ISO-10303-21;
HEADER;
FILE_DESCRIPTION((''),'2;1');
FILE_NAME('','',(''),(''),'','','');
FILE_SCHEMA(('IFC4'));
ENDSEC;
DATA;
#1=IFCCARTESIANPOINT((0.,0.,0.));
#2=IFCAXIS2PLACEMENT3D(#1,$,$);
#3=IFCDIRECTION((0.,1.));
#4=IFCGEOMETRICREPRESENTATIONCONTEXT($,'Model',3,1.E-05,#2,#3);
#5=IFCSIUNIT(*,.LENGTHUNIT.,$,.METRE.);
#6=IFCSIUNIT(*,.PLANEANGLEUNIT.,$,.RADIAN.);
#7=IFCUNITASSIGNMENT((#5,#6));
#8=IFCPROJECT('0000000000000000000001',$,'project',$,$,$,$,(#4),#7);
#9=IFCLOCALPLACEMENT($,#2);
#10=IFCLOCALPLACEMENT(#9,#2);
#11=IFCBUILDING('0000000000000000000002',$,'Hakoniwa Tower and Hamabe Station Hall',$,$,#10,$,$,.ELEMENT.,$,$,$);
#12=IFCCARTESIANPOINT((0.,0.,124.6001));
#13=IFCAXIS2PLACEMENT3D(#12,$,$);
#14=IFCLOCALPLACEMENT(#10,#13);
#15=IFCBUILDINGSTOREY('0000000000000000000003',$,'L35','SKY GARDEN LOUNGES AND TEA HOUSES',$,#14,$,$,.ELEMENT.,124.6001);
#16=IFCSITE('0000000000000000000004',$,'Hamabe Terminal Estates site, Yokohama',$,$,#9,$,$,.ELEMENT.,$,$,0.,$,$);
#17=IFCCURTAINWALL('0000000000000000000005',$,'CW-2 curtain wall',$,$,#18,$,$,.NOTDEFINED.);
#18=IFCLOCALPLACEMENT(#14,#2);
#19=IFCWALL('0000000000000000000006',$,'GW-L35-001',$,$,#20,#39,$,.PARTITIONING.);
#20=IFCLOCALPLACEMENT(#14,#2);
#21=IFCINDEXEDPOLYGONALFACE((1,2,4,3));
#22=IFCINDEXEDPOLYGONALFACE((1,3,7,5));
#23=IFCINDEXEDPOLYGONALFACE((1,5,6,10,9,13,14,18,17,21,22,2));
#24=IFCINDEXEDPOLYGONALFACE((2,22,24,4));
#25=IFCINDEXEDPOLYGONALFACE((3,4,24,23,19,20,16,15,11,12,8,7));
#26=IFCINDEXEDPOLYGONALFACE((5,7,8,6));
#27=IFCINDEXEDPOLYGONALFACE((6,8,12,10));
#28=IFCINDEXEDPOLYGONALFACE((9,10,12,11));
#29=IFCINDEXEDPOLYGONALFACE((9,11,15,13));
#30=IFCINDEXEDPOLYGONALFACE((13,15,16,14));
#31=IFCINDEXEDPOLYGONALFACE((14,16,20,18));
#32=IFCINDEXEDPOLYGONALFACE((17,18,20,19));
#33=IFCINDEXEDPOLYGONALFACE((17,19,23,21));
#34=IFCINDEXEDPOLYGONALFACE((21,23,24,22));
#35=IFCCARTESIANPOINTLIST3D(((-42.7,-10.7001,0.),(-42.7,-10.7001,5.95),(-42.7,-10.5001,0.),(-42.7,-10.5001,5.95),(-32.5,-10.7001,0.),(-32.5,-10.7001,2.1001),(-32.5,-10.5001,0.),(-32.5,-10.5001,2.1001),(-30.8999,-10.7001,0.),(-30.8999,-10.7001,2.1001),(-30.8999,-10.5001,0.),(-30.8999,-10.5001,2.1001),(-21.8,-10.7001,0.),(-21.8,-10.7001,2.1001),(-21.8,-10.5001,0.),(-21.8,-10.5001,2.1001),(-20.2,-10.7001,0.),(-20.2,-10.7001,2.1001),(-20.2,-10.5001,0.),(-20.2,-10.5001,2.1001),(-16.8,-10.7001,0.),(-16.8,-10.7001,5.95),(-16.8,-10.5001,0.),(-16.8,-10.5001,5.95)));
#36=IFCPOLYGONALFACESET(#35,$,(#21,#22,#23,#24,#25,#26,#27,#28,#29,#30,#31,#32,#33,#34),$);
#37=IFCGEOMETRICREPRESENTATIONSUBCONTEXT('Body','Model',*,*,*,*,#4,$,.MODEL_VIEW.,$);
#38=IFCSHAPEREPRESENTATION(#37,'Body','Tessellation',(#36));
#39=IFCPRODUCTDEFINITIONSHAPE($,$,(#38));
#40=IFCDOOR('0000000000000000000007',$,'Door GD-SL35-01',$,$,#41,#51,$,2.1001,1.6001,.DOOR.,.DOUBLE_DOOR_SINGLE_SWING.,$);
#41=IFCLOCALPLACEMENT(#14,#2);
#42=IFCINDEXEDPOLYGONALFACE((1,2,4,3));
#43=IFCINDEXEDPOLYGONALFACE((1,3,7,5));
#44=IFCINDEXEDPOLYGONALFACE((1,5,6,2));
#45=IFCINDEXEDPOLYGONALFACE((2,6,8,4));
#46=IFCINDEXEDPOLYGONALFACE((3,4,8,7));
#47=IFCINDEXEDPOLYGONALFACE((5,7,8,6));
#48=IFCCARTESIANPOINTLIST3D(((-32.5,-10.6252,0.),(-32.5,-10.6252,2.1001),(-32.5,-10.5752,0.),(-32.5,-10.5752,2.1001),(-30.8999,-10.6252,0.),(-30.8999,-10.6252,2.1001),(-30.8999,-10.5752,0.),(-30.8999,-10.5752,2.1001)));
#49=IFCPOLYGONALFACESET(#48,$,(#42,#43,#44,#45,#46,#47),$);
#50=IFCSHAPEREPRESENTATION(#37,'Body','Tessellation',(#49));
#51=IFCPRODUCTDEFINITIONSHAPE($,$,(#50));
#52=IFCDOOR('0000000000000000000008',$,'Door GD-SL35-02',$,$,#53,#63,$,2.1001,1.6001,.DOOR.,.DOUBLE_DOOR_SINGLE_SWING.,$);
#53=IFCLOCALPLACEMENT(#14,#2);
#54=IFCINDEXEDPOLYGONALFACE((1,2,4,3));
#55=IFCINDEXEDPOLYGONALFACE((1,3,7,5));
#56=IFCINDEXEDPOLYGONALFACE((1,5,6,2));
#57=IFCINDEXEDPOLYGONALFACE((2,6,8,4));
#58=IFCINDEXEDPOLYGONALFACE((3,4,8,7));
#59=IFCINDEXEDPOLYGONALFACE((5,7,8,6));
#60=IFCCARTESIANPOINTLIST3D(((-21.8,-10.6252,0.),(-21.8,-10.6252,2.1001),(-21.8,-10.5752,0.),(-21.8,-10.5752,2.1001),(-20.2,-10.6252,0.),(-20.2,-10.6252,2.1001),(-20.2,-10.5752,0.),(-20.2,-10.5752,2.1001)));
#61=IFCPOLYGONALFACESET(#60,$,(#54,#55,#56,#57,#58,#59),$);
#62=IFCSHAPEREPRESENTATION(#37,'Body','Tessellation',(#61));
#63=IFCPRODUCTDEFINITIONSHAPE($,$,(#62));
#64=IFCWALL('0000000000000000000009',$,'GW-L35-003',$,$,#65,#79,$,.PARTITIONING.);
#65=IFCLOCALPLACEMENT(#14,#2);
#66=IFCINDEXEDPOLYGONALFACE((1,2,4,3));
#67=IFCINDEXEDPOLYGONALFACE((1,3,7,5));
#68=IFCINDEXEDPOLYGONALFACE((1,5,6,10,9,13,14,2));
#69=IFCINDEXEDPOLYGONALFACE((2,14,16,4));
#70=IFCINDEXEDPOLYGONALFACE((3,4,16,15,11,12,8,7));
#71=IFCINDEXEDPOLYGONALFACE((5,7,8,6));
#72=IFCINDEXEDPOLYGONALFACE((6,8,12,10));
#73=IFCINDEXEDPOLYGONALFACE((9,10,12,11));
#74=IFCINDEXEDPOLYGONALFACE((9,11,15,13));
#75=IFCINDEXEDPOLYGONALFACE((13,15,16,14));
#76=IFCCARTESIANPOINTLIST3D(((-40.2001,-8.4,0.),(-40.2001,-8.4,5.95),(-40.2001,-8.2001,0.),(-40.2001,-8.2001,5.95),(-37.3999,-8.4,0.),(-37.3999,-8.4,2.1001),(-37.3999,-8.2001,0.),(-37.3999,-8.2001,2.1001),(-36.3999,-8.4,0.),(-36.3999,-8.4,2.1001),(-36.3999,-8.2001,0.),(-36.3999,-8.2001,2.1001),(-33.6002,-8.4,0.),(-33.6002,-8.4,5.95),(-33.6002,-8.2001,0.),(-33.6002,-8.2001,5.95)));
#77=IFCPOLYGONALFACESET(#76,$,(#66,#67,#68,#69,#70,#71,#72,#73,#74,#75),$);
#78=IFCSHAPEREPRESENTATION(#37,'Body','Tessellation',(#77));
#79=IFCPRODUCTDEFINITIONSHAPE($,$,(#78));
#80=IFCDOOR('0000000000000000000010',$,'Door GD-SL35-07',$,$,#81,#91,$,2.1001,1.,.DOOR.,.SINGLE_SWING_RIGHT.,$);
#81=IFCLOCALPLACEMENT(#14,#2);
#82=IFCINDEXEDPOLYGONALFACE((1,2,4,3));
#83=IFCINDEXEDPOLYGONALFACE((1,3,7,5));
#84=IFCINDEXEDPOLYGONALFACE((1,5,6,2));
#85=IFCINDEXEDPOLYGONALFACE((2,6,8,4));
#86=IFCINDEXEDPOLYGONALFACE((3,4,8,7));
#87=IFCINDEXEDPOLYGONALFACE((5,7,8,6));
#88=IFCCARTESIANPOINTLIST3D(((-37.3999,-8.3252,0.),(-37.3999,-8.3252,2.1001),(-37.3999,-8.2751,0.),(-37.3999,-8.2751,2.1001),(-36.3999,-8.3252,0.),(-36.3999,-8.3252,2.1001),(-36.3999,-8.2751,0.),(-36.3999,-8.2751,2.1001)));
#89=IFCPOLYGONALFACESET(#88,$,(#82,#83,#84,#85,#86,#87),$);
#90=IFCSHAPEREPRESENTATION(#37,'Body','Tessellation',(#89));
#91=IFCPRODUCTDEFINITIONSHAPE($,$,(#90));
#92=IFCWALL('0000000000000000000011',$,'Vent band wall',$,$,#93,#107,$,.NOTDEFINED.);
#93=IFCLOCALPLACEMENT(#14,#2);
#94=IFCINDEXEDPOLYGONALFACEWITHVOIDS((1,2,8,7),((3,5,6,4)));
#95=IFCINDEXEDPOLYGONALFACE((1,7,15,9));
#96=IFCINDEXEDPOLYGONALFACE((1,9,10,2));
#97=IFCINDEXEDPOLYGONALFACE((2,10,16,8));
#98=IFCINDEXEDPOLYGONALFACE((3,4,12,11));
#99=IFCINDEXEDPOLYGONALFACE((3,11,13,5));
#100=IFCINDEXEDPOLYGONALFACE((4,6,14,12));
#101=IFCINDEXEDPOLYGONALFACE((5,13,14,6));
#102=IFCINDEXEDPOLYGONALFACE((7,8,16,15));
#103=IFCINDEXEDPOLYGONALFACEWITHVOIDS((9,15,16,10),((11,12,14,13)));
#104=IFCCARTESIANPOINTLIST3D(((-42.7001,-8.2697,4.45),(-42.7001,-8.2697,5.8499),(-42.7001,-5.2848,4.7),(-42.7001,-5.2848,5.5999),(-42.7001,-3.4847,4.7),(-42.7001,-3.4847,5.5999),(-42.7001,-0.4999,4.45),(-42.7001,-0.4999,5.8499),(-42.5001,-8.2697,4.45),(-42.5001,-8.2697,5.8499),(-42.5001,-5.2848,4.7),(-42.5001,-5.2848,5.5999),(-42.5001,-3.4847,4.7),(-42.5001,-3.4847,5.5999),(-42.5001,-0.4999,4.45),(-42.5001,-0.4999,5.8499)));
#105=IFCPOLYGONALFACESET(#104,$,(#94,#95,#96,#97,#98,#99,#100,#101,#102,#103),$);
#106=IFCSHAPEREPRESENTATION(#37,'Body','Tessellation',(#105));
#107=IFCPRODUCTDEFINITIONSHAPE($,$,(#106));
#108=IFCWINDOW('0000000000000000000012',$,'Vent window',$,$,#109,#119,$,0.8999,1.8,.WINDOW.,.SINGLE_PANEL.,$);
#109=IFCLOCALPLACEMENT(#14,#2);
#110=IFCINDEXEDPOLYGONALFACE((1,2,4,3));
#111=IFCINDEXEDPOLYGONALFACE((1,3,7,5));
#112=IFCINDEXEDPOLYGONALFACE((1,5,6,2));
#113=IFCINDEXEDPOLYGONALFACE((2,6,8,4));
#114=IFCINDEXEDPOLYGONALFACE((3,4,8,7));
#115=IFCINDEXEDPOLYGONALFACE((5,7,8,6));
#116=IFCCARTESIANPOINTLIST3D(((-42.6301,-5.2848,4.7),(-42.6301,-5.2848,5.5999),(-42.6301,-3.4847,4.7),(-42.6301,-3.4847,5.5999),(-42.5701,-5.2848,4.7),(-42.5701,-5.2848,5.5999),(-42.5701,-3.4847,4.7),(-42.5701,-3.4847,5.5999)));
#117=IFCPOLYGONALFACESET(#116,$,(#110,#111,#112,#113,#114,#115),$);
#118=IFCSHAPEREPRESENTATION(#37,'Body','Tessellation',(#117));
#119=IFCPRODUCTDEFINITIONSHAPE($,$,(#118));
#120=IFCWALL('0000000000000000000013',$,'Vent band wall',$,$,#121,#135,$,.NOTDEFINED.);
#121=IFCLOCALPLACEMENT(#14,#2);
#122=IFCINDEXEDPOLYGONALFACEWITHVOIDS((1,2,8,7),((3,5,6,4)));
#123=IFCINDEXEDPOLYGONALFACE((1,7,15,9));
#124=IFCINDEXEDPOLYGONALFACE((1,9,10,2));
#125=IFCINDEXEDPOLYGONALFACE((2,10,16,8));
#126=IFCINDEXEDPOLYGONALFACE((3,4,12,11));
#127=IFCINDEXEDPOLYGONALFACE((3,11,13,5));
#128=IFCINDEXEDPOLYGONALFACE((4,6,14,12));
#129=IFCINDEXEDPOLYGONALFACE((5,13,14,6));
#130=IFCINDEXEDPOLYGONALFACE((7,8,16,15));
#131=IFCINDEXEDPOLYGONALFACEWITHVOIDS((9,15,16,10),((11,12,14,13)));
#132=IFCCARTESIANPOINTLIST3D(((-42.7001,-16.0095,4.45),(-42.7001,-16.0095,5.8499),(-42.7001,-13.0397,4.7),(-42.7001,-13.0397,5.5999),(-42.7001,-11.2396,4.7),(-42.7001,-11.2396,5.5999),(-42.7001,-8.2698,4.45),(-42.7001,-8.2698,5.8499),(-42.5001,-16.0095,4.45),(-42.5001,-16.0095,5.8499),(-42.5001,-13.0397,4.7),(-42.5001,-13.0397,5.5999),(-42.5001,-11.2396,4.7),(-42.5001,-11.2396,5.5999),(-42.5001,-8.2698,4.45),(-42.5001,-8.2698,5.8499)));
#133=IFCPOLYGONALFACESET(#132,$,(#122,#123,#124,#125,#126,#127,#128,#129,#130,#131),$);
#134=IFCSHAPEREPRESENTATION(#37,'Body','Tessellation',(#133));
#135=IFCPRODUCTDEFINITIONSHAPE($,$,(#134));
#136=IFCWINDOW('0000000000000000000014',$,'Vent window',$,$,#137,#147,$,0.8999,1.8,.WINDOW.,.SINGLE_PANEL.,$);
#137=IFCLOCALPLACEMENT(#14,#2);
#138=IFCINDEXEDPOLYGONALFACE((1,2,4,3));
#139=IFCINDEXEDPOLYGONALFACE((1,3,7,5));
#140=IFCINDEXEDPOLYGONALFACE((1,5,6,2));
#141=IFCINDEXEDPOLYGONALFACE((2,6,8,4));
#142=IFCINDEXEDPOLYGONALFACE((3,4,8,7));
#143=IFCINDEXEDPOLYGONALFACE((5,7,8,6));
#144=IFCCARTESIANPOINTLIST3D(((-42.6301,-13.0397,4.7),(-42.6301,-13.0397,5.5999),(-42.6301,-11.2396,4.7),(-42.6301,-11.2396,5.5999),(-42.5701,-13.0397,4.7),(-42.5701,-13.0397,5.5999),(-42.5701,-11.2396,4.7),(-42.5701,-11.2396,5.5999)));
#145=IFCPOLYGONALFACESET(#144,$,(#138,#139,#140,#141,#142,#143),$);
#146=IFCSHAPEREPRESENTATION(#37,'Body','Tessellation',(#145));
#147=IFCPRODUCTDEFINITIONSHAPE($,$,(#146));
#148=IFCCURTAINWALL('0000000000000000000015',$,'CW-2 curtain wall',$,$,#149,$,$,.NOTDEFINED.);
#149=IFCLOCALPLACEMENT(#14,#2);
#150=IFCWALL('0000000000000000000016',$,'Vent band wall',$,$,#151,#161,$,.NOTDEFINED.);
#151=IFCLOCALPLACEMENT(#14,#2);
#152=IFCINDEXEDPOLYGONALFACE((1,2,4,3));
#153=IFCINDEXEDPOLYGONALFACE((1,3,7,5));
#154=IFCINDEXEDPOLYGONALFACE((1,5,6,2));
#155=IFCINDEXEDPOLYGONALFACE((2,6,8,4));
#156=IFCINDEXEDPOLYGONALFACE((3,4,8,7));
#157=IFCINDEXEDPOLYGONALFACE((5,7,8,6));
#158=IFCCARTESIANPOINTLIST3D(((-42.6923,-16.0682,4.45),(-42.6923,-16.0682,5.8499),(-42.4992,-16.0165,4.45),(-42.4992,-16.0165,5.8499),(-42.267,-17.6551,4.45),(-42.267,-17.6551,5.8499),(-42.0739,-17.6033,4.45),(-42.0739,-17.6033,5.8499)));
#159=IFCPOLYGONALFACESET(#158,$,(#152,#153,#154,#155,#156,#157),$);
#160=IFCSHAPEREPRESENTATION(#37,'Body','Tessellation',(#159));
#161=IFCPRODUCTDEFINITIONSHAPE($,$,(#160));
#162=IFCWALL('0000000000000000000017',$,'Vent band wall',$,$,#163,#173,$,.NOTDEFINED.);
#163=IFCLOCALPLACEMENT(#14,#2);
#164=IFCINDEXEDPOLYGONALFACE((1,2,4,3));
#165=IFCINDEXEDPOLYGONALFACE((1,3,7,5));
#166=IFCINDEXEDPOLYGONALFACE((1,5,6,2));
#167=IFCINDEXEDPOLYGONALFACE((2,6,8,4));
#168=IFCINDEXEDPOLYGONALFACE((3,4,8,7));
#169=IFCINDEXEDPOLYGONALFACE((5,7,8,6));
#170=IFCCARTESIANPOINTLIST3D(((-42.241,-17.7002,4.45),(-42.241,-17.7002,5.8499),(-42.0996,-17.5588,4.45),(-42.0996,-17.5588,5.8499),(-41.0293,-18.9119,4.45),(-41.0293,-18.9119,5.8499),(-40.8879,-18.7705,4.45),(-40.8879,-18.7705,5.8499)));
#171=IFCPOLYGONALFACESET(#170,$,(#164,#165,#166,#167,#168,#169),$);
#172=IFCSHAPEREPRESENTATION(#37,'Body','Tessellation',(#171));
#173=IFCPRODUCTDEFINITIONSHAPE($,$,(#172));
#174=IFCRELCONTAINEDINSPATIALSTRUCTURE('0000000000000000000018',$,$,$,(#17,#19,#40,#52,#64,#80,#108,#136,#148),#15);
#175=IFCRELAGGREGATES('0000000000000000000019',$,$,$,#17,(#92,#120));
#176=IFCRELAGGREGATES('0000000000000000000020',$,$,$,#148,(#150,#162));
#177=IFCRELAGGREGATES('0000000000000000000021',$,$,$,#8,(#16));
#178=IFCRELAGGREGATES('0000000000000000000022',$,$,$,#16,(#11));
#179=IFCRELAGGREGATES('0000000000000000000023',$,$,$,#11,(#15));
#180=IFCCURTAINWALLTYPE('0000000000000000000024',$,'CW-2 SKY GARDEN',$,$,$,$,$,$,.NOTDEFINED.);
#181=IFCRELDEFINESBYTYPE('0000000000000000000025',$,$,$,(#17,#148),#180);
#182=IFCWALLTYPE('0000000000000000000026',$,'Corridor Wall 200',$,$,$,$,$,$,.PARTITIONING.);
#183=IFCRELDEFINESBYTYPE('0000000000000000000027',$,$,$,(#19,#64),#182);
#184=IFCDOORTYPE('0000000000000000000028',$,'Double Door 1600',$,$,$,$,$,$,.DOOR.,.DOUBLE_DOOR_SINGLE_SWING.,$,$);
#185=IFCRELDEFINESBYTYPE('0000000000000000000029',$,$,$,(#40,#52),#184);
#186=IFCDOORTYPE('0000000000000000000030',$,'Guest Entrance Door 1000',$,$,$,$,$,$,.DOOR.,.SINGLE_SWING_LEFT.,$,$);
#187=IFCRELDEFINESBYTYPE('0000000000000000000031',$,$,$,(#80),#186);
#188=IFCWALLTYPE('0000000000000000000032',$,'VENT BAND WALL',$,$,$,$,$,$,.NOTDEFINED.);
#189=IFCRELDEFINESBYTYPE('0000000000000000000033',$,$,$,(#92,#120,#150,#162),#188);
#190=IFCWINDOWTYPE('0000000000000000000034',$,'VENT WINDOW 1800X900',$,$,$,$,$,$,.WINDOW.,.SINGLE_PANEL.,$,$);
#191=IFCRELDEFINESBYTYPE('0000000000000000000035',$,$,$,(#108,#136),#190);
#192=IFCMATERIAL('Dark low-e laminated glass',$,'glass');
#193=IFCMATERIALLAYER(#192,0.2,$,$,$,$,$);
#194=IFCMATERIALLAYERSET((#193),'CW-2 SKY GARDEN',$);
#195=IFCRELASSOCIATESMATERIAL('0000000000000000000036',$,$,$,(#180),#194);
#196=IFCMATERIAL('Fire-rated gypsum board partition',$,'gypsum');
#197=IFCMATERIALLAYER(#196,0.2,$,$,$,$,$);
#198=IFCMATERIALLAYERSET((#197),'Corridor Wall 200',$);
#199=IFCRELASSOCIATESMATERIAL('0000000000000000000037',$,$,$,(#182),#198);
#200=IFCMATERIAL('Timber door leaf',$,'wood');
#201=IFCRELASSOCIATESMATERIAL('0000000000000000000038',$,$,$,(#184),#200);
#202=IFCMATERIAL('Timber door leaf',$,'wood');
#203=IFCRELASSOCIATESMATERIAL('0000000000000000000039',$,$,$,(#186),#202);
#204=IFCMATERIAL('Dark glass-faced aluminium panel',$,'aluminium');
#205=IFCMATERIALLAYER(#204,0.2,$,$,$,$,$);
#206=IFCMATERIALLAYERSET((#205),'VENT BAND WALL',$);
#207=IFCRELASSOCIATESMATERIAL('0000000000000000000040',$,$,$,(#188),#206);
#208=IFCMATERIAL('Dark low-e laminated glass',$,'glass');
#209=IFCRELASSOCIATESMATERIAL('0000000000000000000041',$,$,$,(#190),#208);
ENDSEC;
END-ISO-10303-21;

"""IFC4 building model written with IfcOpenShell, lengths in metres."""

from ifc_helpers import new_model, si_unit, direction, frame, frame_2d, origin, place, context, subcontext, project, spatial, rectangle, extrude, material, layer, layer_set, type_object, element, fill, aggregate, save


model = new_model("IFC4")

# Units and contexts
model_context = context("Model", 3, precision=1e-05, world=origin(), true_north=direction((0.0, 1.0)))
body_context = subcontext(model_context, "Body", "Model", "MODEL_VIEW")
ifc_project = project(units=[si_unit("LENGTHUNIT", "METRE"), si_unit("PLANEANGLEUNIT", "RADIAN")], contexts=[model_context])

# Site, building, storey
site_placement = place(None, origin())
site = spatial("IfcSite", under=ifc_project, at=site_placement, Name="Hamabe Terminal Estates site, Yokohama", CompositionType="ELEMENT", RefElevation=0.0)
building_placement = place(site_placement, origin())
building = spatial("IfcBuilding", under=site, at=building_placement, Name="Hakoniwa Tower and Hamabe Station Hall", CompositionType="ELEMENT")
storey_placement = place(building_placement, frame((0.0, 0.0, 124.6001)))
storey = spatial("IfcBuildingStorey", under=building, at=storey_placement, Name="L35", Description="SKY GARDEN LOUNGES AND TEA HOUSES", CompositionType="ELEMENT", Elevation=124.6001)

# Curtain wall
ifc_material_1 = material(Name="Dark low-e laminated glass", Category="glass")
ifc_layer_1 = layer(ifc_material_1, 0.2)
ifc_layer_set_1 = layer_set([ifc_layer_1], Name="CW-2 SKY GARDEN")
curtain_wall_type = type_object("IfcCurtainWallType", Name="CW-2 SKY GARDEN", PredefinedType="NOTDEFINED", material=ifc_layer_set_1)
curtain_wall_1_placement = place(storey_placement, origin())
curtain_wall_1 = element("IfcCurtainWall", 1, at=curtain_wall_1_placement, inside=storey, type_object=curtain_wall_type, Name="CW-2 curtain wall", PredefinedType="NOTDEFINED")

# Wall, openings, doors
ifc_material_2 = material(Name="Fire-rated gypsum board partition", Category="gypsum")
ifc_layer_2 = layer(ifc_material_2, 0.2)
ifc_layer_set_2 = layer_set([ifc_layer_2], Name="Corridor Wall 200")
wall_type_1 = type_object("IfcWallType", Name="Corridor Wall 200", PredefinedType="PARTITIONING", material=ifc_layer_set_2)
wall_1_placement = place(storey_placement, frame((-42.7, -10.6001, 0.0), z_axis=(0.0, 0.0, 1.0), x_axis=(1.0, 0.0, 0.0)))
wall_1 = element("IfcWall", 2, at=wall_1_placement, inside=storey, type_object=wall_type_1, Name="GW-L35-001", PredefinedType="PARTITIONING", context=body_context, shape_type="SweptSolid", body=[
    extrude(rectangle(XDim=25.8999, YDim=0.2, at=frame_2d((12.95, 0.0))), origin(), (0.0, 0.0, 1.0), 5.95),
])
opening_1_placement = place(wall_1_placement, frame((10.2, 0.0, 0.0)))
opening_1 = element("IfcOpeningElement", 3, at=opening_1_placement, cuts=wall_1, PredefinedType="OPENING", context=body_context, shape_type="SweptSolid", body=[
    extrude(rectangle(XDim=1.6001, YDim=2.1001, at=frame_2d((0.8, 1.05))), frame((0.0, 0.1099, 0.0), z_axis=(0.0, -1.0, 0.0), x_axis=(1.0, 0.0, 0.0)), (0.0, 0.0, 1.0), 0.22),
])
opening_2_placement = place(wall_1_placement, frame((20.8999, 0.0, 0.0)))
opening_2 = element("IfcOpeningElement", 4, at=opening_2_placement, cuts=wall_1, PredefinedType="OPENING", context=body_context, shape_type="SweptSolid", body=[
    extrude(rectangle(XDim=1.6001, YDim=2.1001, at=frame_2d((0.8, 1.05))), frame((0.0, 0.1099, 0.0), z_axis=(0.0, -1.0, 0.0), x_axis=(1.0, 0.0, 0.0)), (0.0, 0.0, 1.0), 0.22),
])
ifc_material_3 = material(Name="Timber door leaf", Category="wood")
door_type_1 = type_object("IfcDoorType", Name="Double Door 1600", OperationType="DOUBLE_DOOR_SINGLE_SWING", PredefinedType="DOOR", material=ifc_material_3)
door_1_placement = place(opening_1_placement, origin())
door_1 = element("IfcDoor", 5, at=door_1_placement, inside=storey, type_object=door_type_1, Name="Door GD-SL35-01", OperationType="DOUBLE_DOOR_SINGLE_SWING", OverallHeight=2.1001, OverallWidth=1.6001, PredefinedType="DOOR", context=body_context, shape_type="SweptSolid", body=[
    extrude(rectangle(XDim=1.6001, YDim=2.1001, at=frame_2d((0.8, 1.05))), frame((0.0, 0.0249, 0.0), z_axis=(0.0, -1.0, 0.0), x_axis=(1.0, 0.0, 0.0)), (0.0, 0.0, 1.0), 0.05),
])
fill(opening_1, door_1)
door_2_placement = place(opening_2_placement, origin())
door_2 = element("IfcDoor", 6, at=door_2_placement, inside=storey, type_object=door_type_1, Name="Door GD-SL35-02", OperationType="DOUBLE_DOOR_SINGLE_SWING", OverallHeight=2.1001, OverallWidth=1.6001, PredefinedType="DOOR", context=body_context, shape_type="SweptSolid", body=[
    extrude(rectangle(XDim=1.6001, YDim=2.1001, at=frame_2d((0.8, 1.05))), frame((0.0, 0.0249, 0.0), z_axis=(0.0, -1.0, 0.0), x_axis=(1.0, 0.0, 0.0)), (0.0, 0.0, 1.0), 0.05),
])
fill(opening_2, door_2)

# Wall, opening, door
wall_2_placement = place(storey_placement, frame((-40.2, -8.3, 0.0), z_axis=(0.0, 0.0, 1.0), x_axis=(1.0, 0.0, 0.0)))
wall_2 = element("IfcWall", 7, at=wall_2_placement, inside=storey, type_object=wall_type_1, Name="GW-L35-003", PredefinedType="PARTITIONING", context=body_context, shape_type="SweptSolid", body=[
    extrude(rectangle(XDim=6.5999, YDim=0.2, at=frame_2d((3.2998, 0.0))), origin(), (0.0, 0.0, 1.0), 5.95),
])
opening_3_placement = place(wall_2_placement, frame((2.8, 0.0, 0.0)))
opening_3 = element("IfcOpeningElement", 8, at=opening_3_placement, cuts=wall_2, PredefinedType="OPENING", context=body_context, shape_type="SweptSolid", body=[
    extrude(rectangle(XDim=1.0, YDim=2.1001, at=frame_2d((0.5, 1.05))), frame((0.0, 0.1099, 0.0), z_axis=(0.0, -1.0, 0.0), x_axis=(1.0, 0.0, 0.0)), (0.0, 0.0, 1.0), 0.22),
])
ifc_material_4 = material(Name="Timber door leaf", Category="wood")
door_type_2 = type_object("IfcDoorType", Name="Guest Entrance Door 1000", OperationType="SINGLE_SWING_LEFT", PredefinedType="DOOR", material=ifc_material_4)
door_3_placement = place(opening_3_placement, origin())
door_3 = element("IfcDoor", 9, at=door_3_placement, inside=storey, type_object=door_type_2, Name="Door GD-SL35-07", OperationType="SINGLE_SWING_RIGHT", OverallHeight=2.1001, OverallWidth=1.0, PredefinedType="DOOR", context=body_context, shape_type="SweptSolid", body=[
    extrude(rectangle(XDim=1.0, YDim=2.1001, at=frame_2d((0.5, 1.05))), frame((0.0, 0.0249, 0.0), z_axis=(0.0, -1.0, 0.0), x_axis=(1.0, 0.0, 0.0)), (0.0, 0.0, 1.0), 0.05),
])
fill(opening_3, door_3)

# Walls, openings, windows
ifc_material_5 = material(Name="Dark glass-faced aluminium panel", Category="aluminium")
ifc_layer_3 = layer(ifc_material_5, 0.2)
ifc_layer_set_3 = layer_set([ifc_layer_3], Name="VENT BAND WALL")
wall_type_2 = type_object("IfcWallType", Name="VENT BAND WALL", PredefinedType="NOTDEFINED", material=ifc_layer_set_3)
wall_3_placement = place(storey_placement, frame((-42.6001, -0.5, 4.45), z_axis=(0.0, 0.0, 1.0), x_axis=(0.0, -1.0, 0.0)))
wall_3 = element("IfcWall", 10, at=wall_3_placement, type_object=wall_type_2, Name="Vent band wall", PredefinedType="NOTDEFINED", context=body_context, shape_type="SweptSolid", body=[
    extrude(rectangle(XDim=7.7698, YDim=0.2, at=frame_2d((3.8848, 0.0))), origin(), (0.0, 0.0, 1.0), 1.3999),
])
opening_4_placement = place(wall_3_placement, frame((2.9849, 0.0, 0.25)))
opening_4 = element("IfcOpeningElement", 11, at=opening_4_placement, cuts=wall_3, PredefinedType="OPENING", context=body_context, shape_type="SweptSolid", body=[
    extrude(rectangle(XDim=1.8, YDim=0.8999, at=frame_2d((0.8999, 0.45))), frame((0.0, 0.1099, 0.0), z_axis=(0.0, -1.0, 0.0), x_axis=(1.0, 0.0, 0.0)), (0.0, 0.0, 1.0), 0.22),
])
ifc_material_6 = material(Name="Dark low-e laminated glass", Category="glass")
window_type = type_object("IfcWindowType", Name="VENT WINDOW 1800X900", PartitioningType="SINGLE_PANEL", PredefinedType="WINDOW", material=ifc_material_6)
window_1_placement = place(opening_4_placement, origin())
window_1 = element("IfcWindow", 12, at=window_1_placement, inside=storey, type_object=window_type, Name="Vent window", OverallHeight=0.8999, OverallWidth=1.8, PartitioningType="SINGLE_PANEL", PredefinedType="WINDOW", context=body_context, shape_type="SweptSolid", body=[
    extrude(rectangle(XDim=1.8, YDim=0.8999, at=frame_2d((0.8999, 0.45))), frame((0.0, 0.03, 0.0), z_axis=(0.0, -1.0, 0.0), x_axis=(1.0, 0.0, 0.0)), (0.0, 0.0, 1.0), 0.0601),
])
fill(opening_4, window_1)
wall_4_placement = place(storey_placement, frame((-42.6001, -8.2698, 4.45), z_axis=(0.0, 0.0, 1.0), x_axis=(0.0, -1.0, 0.0)))
wall_4 = element("IfcWall", 13, at=wall_4_placement, type_object=wall_type_2, Name="Vent band wall", PredefinedType="NOTDEFINED", context=body_context, shape_type="SweptSolid", body=[
    extrude(rectangle(XDim=7.7397, YDim=0.2, at=frame_2d((3.8699, 0.0))), origin(), (0.0, 0.0, 1.0), 1.3999),
])
opening_5_placement = place(wall_4_placement, frame((2.97, 0.0, 0.25)))
opening_5 = element("IfcOpeningElement", 14, at=opening_5_placement, cuts=wall_4, PredefinedType="OPENING", context=body_context, shape_type="SweptSolid", body=[
    extrude(rectangle(XDim=1.8, YDim=0.8999, at=frame_2d((0.8999, 0.45))), frame((0.0, 0.1099, 0.0), z_axis=(0.0, -1.0, 0.0), x_axis=(1.0, 0.0, 0.0)), (0.0, 0.0, 1.0), 0.22),
])
window_2_placement = place(opening_5_placement, origin())
window_2 = element("IfcWindow", 15, at=window_2_placement, inside=storey, type_object=window_type, Name="Vent window", OverallHeight=0.8999, OverallWidth=1.8, PartitioningType="SINGLE_PANEL", PredefinedType="WINDOW", context=body_context, shape_type="SweptSolid", body=[
    extrude(rectangle(XDim=1.8, YDim=0.8999, at=frame_2d((0.8999, 0.45))), frame((0.0, 0.03, 0.0), z_axis=(0.0, -1.0, 0.0), x_axis=(1.0, 0.0, 0.0)), (0.0, 0.0, 1.0), 0.0601),
])
fill(opening_5, window_2)
aggregate(curtain_wall_1, [wall_3, wall_4])

# Curtain wall, walls
curtain_wall_2_placement = place(storey_placement, origin())
curtain_wall_2 = element("IfcCurtainWall", 16, at=curtain_wall_2_placement, inside=storey, type_object=curtain_wall_type, Name="CW-2 curtain wall", PredefinedType="NOTDEFINED")
wall_5_placement = place(storey_placement, frame((-42.5957, -16.0425, 4.45), z_axis=(0.0, 0.0, 1.0), x_axis=(0.258865, -0.965914, 0.0)))
wall_5 = element("IfcWall", 17, at=wall_5_placement, type_object=wall_type_2, Name="Vent band wall", PredefinedType="NOTDEFINED", context=body_context, shape_type="SweptSolid", body=[
    extrude(rectangle(XDim=1.6428, YDim=0.2, at=frame_2d((0.8213, 0.0))), origin(), (0.0, 0.0, 1.0), 1.3999),
])
wall_6_placement = place(storey_placement, frame((-42.1704, -17.6294, 4.45), z_axis=(0.0, 0.0, 1.0), x_axis=(0.707107, -0.707107, 0.0)))
wall_6 = element("IfcWall", 18, at=wall_6_placement, type_object=wall_type_2, Name="Vent band wall", PredefinedType="NOTDEFINED", context=body_context, shape_type="SweptSolid", body=[
    extrude(rectangle(XDim=1.7136, YDim=0.2, at=frame_2d((0.8569, 0.0))), origin(), (0.0, 0.0, 1.0), 1.3999),
])
aggregate(curtain_wall_2, [wall_5, wall_6])

save(model, "model.ifc")
